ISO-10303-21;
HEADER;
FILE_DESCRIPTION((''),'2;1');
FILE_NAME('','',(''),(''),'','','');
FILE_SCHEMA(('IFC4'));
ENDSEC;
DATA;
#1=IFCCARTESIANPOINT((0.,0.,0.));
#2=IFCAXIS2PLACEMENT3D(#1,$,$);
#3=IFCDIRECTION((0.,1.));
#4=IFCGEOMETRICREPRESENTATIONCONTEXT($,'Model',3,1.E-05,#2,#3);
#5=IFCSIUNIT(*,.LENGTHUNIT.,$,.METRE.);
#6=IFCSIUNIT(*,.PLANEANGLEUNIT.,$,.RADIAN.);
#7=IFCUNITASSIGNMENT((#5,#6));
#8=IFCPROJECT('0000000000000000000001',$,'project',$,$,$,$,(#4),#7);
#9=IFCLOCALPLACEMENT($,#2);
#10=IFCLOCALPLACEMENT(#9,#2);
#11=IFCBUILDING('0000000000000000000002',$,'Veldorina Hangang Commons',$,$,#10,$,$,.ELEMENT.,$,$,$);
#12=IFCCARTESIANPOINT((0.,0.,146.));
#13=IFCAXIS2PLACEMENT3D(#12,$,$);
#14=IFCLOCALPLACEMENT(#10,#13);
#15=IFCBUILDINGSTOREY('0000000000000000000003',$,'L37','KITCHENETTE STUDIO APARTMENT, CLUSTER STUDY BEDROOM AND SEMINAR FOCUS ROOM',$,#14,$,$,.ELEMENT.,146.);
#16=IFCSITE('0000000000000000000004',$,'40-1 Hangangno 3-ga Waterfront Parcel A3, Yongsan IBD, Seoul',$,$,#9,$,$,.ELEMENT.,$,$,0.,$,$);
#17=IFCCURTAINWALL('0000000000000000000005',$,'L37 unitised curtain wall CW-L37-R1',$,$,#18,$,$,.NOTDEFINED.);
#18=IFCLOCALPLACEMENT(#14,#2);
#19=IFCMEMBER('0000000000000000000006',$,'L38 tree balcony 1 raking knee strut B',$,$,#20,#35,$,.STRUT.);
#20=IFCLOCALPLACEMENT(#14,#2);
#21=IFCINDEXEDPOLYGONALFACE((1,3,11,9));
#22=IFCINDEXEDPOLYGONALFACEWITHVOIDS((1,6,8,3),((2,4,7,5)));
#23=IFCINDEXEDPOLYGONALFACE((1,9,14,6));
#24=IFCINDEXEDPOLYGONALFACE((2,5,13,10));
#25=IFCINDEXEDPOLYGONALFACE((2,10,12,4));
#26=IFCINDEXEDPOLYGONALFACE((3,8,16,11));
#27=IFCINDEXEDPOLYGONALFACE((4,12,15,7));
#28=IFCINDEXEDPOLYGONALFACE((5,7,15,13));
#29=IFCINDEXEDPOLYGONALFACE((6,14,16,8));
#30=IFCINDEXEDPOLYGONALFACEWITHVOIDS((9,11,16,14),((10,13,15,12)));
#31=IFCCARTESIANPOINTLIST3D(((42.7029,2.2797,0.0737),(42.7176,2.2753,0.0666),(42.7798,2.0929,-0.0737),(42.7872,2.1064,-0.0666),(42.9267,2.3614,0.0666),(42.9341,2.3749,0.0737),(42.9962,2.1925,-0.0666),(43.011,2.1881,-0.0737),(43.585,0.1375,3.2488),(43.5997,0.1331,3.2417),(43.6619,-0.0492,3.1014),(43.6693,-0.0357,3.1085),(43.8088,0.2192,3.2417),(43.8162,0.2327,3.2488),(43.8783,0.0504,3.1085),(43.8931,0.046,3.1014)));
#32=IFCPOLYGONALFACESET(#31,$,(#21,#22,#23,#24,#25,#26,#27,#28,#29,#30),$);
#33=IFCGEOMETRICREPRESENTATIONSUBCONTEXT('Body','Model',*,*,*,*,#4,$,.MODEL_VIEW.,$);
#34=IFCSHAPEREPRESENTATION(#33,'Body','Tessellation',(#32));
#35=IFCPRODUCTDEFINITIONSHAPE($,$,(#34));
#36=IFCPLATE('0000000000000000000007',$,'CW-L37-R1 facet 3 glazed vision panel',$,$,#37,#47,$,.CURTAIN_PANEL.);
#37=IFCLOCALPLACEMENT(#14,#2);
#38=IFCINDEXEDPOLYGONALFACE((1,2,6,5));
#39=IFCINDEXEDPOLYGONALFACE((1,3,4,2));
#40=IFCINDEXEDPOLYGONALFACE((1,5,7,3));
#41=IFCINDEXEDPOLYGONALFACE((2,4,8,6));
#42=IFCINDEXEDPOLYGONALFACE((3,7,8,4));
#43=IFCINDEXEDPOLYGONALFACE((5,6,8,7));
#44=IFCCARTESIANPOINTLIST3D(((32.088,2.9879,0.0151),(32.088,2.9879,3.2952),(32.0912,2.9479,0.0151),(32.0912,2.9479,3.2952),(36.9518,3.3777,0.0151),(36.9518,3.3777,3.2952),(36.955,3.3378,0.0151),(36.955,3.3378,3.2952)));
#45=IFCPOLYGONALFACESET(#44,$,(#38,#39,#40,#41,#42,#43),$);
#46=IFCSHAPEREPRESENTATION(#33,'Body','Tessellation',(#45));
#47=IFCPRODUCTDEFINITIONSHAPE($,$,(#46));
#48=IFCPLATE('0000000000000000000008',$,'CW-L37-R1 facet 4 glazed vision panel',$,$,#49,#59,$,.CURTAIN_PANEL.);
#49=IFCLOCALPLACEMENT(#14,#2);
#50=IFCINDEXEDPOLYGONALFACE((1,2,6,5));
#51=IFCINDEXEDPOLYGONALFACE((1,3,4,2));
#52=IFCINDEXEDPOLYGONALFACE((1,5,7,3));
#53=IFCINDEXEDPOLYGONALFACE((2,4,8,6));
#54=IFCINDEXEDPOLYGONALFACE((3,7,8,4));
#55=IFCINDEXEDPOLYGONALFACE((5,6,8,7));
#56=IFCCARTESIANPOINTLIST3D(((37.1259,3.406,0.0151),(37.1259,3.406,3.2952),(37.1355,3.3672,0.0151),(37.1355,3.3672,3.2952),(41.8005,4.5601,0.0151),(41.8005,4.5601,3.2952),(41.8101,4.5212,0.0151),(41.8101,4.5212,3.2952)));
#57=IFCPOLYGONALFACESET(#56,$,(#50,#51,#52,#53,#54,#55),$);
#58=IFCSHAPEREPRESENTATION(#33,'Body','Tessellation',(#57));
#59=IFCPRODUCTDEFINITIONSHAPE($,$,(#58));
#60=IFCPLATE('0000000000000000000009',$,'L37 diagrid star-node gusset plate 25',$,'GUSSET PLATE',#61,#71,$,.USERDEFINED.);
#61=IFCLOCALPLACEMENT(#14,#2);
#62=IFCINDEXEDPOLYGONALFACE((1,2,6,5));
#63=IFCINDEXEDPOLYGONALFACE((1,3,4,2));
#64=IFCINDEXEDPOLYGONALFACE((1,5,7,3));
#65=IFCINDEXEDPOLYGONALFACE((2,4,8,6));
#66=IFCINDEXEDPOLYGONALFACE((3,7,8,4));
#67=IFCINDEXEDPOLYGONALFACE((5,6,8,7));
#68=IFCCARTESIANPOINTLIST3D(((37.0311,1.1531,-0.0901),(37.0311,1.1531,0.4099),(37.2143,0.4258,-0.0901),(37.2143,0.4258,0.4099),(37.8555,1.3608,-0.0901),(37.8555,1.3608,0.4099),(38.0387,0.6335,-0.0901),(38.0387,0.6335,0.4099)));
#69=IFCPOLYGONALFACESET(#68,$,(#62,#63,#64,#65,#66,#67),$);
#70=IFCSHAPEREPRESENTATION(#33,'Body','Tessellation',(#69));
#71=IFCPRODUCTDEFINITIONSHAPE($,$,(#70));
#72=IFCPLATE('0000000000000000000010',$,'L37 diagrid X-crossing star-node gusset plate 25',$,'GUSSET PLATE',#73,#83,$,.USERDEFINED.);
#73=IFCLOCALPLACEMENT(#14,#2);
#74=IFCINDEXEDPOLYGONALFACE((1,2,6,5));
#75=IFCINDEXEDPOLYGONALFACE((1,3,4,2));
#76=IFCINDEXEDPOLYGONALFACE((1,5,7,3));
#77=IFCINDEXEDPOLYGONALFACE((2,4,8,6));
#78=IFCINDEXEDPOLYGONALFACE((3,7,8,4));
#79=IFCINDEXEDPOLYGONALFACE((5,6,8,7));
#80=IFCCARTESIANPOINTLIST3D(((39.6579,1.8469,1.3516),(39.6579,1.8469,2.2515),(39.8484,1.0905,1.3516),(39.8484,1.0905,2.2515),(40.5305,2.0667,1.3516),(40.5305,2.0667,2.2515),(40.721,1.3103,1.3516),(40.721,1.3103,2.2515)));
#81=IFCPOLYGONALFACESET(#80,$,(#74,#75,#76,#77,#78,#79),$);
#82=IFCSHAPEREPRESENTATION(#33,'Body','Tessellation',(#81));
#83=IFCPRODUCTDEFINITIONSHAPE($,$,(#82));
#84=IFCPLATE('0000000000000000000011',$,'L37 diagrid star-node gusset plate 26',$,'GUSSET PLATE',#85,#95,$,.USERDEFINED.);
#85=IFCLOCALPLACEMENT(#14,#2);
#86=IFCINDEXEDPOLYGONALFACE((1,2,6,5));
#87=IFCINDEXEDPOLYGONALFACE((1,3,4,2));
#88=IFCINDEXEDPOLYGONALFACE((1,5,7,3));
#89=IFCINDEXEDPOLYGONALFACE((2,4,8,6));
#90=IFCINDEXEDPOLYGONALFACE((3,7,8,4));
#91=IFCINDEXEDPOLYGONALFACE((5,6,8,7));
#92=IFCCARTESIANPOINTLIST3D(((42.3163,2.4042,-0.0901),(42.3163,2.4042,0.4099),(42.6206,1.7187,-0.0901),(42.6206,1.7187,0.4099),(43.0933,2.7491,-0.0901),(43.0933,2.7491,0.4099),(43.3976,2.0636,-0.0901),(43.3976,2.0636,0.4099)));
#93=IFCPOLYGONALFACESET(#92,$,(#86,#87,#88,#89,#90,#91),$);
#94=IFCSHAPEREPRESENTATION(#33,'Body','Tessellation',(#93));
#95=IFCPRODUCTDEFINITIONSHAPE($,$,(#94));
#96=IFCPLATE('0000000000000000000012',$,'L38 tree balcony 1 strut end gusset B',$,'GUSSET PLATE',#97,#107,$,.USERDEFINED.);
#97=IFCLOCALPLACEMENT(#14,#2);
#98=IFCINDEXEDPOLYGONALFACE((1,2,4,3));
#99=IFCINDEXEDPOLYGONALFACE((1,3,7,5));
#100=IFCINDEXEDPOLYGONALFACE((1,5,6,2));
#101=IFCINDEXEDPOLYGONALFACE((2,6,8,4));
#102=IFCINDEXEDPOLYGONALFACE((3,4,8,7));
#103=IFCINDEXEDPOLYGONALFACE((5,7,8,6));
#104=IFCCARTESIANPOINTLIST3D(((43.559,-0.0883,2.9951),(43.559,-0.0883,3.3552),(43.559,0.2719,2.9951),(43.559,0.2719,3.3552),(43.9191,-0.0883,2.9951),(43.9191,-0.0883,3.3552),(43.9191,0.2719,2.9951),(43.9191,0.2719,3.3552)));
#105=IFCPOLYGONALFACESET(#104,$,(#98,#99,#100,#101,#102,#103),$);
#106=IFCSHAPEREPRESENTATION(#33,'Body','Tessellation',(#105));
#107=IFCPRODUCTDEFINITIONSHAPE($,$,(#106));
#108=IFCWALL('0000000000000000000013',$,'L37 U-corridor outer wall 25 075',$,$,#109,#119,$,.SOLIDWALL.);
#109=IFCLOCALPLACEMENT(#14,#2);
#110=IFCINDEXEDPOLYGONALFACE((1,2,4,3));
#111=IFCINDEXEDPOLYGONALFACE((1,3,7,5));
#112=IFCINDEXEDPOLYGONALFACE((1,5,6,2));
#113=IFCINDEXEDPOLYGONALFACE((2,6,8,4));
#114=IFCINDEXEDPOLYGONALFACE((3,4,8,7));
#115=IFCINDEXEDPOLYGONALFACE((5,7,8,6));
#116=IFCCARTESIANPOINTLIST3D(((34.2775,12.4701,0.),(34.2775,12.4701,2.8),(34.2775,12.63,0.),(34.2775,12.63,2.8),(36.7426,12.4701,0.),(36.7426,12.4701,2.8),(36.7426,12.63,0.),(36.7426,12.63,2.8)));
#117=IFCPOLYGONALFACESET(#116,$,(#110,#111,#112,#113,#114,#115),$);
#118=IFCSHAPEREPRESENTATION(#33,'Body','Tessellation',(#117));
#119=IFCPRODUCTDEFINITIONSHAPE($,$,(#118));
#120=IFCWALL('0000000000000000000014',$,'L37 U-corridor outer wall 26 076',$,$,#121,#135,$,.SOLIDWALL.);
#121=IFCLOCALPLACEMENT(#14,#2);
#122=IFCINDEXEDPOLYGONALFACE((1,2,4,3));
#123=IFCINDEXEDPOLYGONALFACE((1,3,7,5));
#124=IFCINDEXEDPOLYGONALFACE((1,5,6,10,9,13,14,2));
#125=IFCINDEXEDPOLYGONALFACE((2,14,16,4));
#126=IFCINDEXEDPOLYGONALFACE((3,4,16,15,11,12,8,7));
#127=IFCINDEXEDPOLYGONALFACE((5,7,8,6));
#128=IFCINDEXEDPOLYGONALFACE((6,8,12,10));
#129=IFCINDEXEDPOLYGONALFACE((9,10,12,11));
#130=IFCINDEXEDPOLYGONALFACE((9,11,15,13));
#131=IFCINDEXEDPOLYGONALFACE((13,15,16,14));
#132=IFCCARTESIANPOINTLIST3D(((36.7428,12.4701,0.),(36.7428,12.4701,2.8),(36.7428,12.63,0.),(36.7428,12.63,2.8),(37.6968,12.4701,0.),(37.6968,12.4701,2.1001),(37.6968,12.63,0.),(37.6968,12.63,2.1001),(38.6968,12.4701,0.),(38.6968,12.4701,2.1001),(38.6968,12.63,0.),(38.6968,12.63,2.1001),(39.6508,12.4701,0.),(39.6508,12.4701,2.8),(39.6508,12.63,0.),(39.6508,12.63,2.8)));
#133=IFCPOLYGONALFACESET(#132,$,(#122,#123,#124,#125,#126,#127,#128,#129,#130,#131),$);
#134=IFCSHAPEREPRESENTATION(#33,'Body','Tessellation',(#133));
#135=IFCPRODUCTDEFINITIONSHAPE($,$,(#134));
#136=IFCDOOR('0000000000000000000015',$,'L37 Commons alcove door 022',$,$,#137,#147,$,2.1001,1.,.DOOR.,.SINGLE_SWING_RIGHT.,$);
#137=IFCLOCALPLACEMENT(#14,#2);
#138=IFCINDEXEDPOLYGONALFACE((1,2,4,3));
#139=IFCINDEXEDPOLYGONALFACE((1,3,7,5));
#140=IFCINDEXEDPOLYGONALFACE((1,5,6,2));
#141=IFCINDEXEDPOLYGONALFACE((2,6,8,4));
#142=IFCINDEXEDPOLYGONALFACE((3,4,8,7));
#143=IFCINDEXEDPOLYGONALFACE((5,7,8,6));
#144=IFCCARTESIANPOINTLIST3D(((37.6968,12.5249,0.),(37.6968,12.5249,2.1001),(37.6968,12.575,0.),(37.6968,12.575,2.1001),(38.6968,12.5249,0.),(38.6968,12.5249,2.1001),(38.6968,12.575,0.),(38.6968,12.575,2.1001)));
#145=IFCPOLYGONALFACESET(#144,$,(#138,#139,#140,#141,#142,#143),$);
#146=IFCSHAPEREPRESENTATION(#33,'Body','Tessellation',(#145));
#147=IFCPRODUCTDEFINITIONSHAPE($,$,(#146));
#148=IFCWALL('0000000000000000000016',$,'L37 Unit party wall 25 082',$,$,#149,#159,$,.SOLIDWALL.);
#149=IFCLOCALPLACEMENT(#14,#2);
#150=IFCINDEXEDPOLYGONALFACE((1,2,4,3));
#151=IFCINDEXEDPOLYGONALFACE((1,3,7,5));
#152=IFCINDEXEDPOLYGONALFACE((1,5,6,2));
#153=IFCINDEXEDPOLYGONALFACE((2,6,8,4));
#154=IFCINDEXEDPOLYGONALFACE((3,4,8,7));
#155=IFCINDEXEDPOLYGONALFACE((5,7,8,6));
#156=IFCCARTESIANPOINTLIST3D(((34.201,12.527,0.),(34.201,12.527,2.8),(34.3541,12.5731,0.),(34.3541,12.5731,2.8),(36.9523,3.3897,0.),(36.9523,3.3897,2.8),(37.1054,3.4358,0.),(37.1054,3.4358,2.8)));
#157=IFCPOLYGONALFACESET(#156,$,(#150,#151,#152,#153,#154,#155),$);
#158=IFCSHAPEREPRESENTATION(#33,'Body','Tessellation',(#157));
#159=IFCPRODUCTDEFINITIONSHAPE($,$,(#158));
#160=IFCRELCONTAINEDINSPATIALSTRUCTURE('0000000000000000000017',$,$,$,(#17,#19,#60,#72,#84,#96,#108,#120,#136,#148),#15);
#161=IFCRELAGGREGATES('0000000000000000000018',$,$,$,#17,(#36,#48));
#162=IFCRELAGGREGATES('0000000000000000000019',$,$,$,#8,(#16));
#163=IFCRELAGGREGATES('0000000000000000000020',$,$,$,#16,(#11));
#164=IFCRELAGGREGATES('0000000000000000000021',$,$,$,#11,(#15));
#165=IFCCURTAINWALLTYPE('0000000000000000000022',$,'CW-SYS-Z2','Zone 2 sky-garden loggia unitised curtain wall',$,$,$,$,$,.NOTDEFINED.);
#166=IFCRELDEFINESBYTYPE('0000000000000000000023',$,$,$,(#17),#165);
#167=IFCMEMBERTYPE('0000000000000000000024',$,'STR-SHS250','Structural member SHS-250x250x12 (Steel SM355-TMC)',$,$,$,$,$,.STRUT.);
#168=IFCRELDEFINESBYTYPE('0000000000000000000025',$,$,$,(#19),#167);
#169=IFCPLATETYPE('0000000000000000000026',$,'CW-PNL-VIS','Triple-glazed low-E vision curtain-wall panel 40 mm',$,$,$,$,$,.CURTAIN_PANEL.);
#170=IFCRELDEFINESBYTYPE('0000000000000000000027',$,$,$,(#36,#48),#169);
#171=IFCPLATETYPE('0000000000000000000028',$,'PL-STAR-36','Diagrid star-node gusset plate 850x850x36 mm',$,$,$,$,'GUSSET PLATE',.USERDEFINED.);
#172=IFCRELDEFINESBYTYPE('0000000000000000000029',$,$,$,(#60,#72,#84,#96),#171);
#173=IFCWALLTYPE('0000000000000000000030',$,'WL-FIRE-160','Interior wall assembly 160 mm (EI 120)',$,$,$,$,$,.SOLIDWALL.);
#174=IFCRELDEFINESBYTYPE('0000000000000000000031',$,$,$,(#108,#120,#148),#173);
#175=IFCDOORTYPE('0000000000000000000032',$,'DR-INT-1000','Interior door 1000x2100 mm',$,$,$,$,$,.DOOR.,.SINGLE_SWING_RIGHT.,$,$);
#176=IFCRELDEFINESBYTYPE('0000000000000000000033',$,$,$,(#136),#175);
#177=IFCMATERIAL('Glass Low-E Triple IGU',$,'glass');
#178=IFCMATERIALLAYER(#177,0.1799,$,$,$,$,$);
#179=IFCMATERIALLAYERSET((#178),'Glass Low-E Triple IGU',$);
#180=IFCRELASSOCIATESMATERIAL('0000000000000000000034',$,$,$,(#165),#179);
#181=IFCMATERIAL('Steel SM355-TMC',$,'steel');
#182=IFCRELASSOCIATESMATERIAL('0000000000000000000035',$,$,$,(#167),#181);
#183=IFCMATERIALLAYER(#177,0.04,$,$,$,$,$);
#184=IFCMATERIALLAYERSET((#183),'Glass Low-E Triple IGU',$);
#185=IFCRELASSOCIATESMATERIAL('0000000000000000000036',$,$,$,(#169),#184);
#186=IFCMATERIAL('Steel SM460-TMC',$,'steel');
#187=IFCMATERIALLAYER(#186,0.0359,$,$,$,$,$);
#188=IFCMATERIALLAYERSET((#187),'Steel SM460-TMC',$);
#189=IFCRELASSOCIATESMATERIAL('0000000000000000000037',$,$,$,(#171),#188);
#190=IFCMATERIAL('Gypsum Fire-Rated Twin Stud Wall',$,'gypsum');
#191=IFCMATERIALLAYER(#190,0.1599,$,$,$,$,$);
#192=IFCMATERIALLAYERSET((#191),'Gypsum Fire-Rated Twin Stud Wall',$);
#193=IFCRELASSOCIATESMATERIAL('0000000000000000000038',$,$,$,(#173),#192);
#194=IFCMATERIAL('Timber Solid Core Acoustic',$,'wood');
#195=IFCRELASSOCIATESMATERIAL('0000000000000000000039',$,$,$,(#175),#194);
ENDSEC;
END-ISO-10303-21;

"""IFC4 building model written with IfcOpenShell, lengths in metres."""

from ifc_helpers import new_model, si_unit, direction, frame, frame_2d, origin, origin_2d, place, context, subcontext, project, spatial, rectangle, hollow_rectangle, extrude, material, layer, layer_set, material_profile, profile_set, type_object, element, fill, aggregate, save


model = new_model("IFC4")

# Units and contexts
model_context = context("Model", 3, precision=1e-05, world=origin(), true_north=direction((0.0, 1.0)))
body_context = subcontext(model_context, "Body", "Model", "MODEL_VIEW")
ifc_project = project(units=[si_unit("LENGTHUNIT", "METRE"), si_unit("PLANEANGLEUNIT", "RADIAN")], contexts=[model_context])

# Site, building, storey
site_placement = place(None, origin())
site = spatial("IfcSite", under=ifc_project, at=site_placement, Name="40-1 Hangangno 3-ga Waterfront Parcel A3, Yongsan IBD, Seoul", CompositionType="ELEMENT", RefElevation=0.0)
building_placement = place(site_placement, origin())
building = spatial("IfcBuilding", under=site, at=building_placement, Name="Veldorina Hangang Commons", CompositionType="ELEMENT")
storey_placement = place(building_placement, frame((0.0, 0.0, 146.0)))
storey = spatial("IfcBuildingStorey", under=building, at=storey_placement, Name="L37", Description="KITCHENETTE STUDIO APARTMENT, CLUSTER STUDY BEDROOM AND SEMINAR FOCUS ROOM", CompositionType="ELEMENT", Elevation=146.0)

# Shared definitions
ifc_material_1 = material(Name="Steel SM355-TMC", Category="steel")

# Curtain wall
ifc_material_2 = material(Name="Glass Low-E Triple IGU", Category="glass")
ifc_layer_1 = layer(ifc_material_2, 0.1799)
ifc_layer_set_1 = layer_set([ifc_layer_1], Name="Glass Low-E Triple IGU")
curtain_wall_type = type_object("IfcCurtainWallType", Name="CW-SYS-Z2", Description="Zone 2 sky-garden loggia unitised curtain wall", PredefinedType="NOTDEFINED", material=ifc_layer_set_1)
curtain_wall_placement = place(storey_placement, origin())
curtain_wall = element("IfcCurtainWall", 1, at=curtain_wall_placement, inside=storey, type_object=curtain_wall_type, Name="L37 unitised curtain wall CW-L37-R1", PredefinedType="NOTDEFINED")

# Member
ifc_material_profile_1 = material_profile(ifc_material_1, hollow_rectangle(XDim=0.25, YDim=0.25, WallThickness=0.012, at=origin_2d()), Name="SHS-250x250x12")
ifc_profile_set_1 = profile_set([ifc_material_profile_1], Name="Steel SM355-TMC")
member_type_1 = type_object("IfcMemberType", Name="STR-SHS250", Description="Structural member SHS-250x250x12 (Steel SM355-TMC)", PredefinedType="STRUT", material=ifc_profile_set_1)
member_1_placement = place(storey_placement, frame((42.8569, 2.2339, 0.0), z_axis=(0.224429, -0.545014, 0.807831), x_axis=(0.924672, 0.380766, 0.0)))
element("IfcMember", 2, at=member_1_placement, inside=storey, type_object=member_type_1, Name="L38 tree balcony 1 raking knee strut B", PredefinedType="STRUT", context=body_context, shape_type="SweptSolid", body=[
    extrude(hollow_rectangle(XDim=0.25, YDim=0.25, WallThickness=0.012, at=origin_2d()), origin(), (0.0, 0.0, 1.0), 3.9304),
])

# Plates
ifc_layer_2 = layer(ifc_material_2, 0.04)
ifc_layer_set_2 = layer_set([ifc_layer_2], Name="Glass Low-E Triple IGU")
plate_type_1 = type_object("IfcPlateType", Name="CW-PNL-VIS", Description="Triple-glazed low-E vision curtain-wall panel 40 mm", PredefinedType="CURTAIN_PANEL", material=ifc_layer_set_2)
plate_1_placement = place(storey_placement, frame((34.5215, 3.1628, 0.0151), z_axis=(0.0, 0.0, 1.0), x_axis=(0.996803, 0.079903, 0.0)))
plate_1 = element("IfcPlate", 3, at=plate_1_placement, type_object=plate_type_1, Name="CW-L37-R1 facet 3 glazed vision panel", PredefinedType="CURTAIN_PANEL", context=body_context, shape_type="SweptSolid", body=[
    extrude(rectangle(XDim=4.8794, YDim=0.04, at=origin_2d()), origin(), (0.0, 0.0, 1.0), 3.28),
])
plate_2_placement = place(storey_placement, frame((39.468, 3.9636, 0.0151), z_axis=(0.0, 0.0, 1.0), x_axis=(0.97085, 0.239686, 0.0)))
plate_2 = element("IfcPlate", 4, at=plate_2_placement, type_object=plate_type_1, Name="CW-L37-R1 facet 4 glazed vision panel", PredefinedType="CURTAIN_PANEL", context=body_context, shape_type="SweptSolid", body=[
    extrude(rectangle(XDim=4.8149, YDim=0.04, at=origin_2d()), origin(), (0.0, 0.0, 1.0), 3.28),
])
aggregate(curtain_wall, [plate_1, plate_2])

# Plates
ifc_material_3 = material(Name="Steel SM460-TMC", Category="steel")
ifc_layer_3 = layer(ifc_material_3, 0.0359)
ifc_layer_set_3 = layer_set([ifc_layer_3], Name="Steel SM460-TMC")
plate_type_2 = type_object("IfcPlateType", Name="PL-STAR-36", Description="Diagrid star-node gusset plate 850x850x36 mm", ElementType="GUSSET PLATE", PredefinedType="USERDEFINED", material=ifc_layer_set_3)
plate_3_placement = place(storey_placement, frame((37.5349, 0.8933, -0.0901), z_axis=(0.0, 0.0, 1.0), x_axis=(0.96971, 0.244258, 0.0)))
element("IfcPlate", 5, at=plate_3_placement, inside=storey, type_object=plate_type_2, Name="L37 diagrid star-node gusset plate 25", ObjectType="GUSSET PLATE", PredefinedType="USERDEFINED", context=body_context, shape_type="SweptSolid", body=[
    extrude(rectangle(XDim=0.8501, YDim=0.75, at=origin_2d()), origin(), (0.0, 0.0, 1.0), 0.5),
])
plate_4_placement = place(storey_placement, frame((40.1895, 1.5786, 1.3516), z_axis=(0.0, 0.0, 1.0), x_axis=(0.96971, 0.244258, 0.0)))
element("IfcPlate", 6, at=plate_4_placement, inside=storey, type_object=plate_type_2, Name="L37 diagrid X-crossing star-node gusset plate 25", ObjectType="GUSSET PLATE", PredefinedType="USERDEFINED", context=body_context, shape_type="SweptSolid", body=[
    extrude(rectangle(XDim=0.8999, YDim=0.78, at=origin_2d()), origin(), (0.0, 0.0, 1.0), 0.8999),
])
plate_5_placement = place(storey_placement, frame((42.8569, 2.2339, -0.0901), z_axis=(0.0, 0.0, 1.0), x_axis=(0.913999, 0.405716, 0.0)))
element("IfcPlate", 7, at=plate_5_placement, inside=storey, type_object=plate_type_2, Name="L37 diagrid star-node gusset plate 26", ObjectType="GUSSET PLATE", PredefinedType="USERDEFINED", context=body_context, shape_type="SweptSolid", body=[
    extrude(rectangle(XDim=0.8501, YDim=0.75, at=origin_2d()), origin(), (0.0, 0.0, 1.0), 0.5),
])
plate_6_placement = place(storey_placement, frame((43.739, 0.0918, 2.9951), z_axis=(0.0, 0.0, 1.0), x_axis=(1.0, 0.0, 0.0)))
element("IfcPlate", 8, at=plate_6_placement, inside=storey, type_object=plate_type_2, Name="L38 tree balcony 1 strut end gusset B", ObjectType="GUSSET PLATE", PredefinedType="USERDEFINED", context=body_context, shape_type="SweptSolid", body=[
    extrude(rectangle(XDim=0.3601, YDim=0.3601, at=origin_2d()), origin(), (0.0, 0.0, 1.0), 0.3601),
])

# Wall
ifc_material_4 = material(Name="Gypsum Fire-Rated Twin Stud Wall", Category="gypsum")
ifc_layer_4 = layer(ifc_material_4, 0.1599)
ifc_layer_set_4 = layer_set([ifc_layer_4], Name="Gypsum Fire-Rated Twin Stud Wall")
wall_type_1 = type_object("IfcWallType", Name="WL-FIRE-160", Description="Interior wall assembly 160 mm (EI 120)", PredefinedType="SOLIDWALL", material=ifc_layer_set_4)
wall_1_placement = place(storey_placement, frame((34.2776, 12.55, 0.0), z_axis=(0.0, 0.0, 1.0), x_axis=(1.0, 0.0, 0.0)))
element("IfcWall", 9, at=wall_1_placement, inside=storey, type_object=wall_type_1, Name="L37 U-corridor outer wall 25 075", PredefinedType="SOLIDWALL", context=body_context, shape_type="SweptSolid", body=[
    extrude(rectangle(XDim=2.4651, YDim=0.1599, at=frame_2d((1.2324, 0.0))), origin(), (0.0, 0.0, 1.0), 2.8),
])

# Wall, opening, door
wall_2_placement = place(storey_placement, frame((36.7427, 12.55, 0.0), z_axis=(0.0, 0.0, 1.0), x_axis=(1.0, 0.0, 0.0)))
wall_2 = element("IfcWall", 10, at=wall_2_placement, inside=storey, type_object=wall_type_1, Name="L37 U-corridor outer wall 26 076", PredefinedType="SOLIDWALL", context=body_context, shape_type="SweptSolid", body=[
    extrude(rectangle(XDim=2.908, YDim=0.1599, at=frame_2d((1.4541, 0.0))), origin(), (0.0, 0.0, 1.0), 2.8),
])
opening_1_placement = place(wall_2_placement, frame((0.9541, 0.0, 0.0)))
opening_1 = element("IfcOpeningElement", 11, at=opening_1_placement, cuts=wall_2, PredefinedType="OPENING", context=body_context, shape_type="SweptSolid", body=[
    extrude(rectangle(XDim=1.0, YDim=2.1001, at=frame_2d((0.5, 1.05))), frame((0.0, 0.0898, 0.0), z_axis=(0.0, -1.0, 0.0), x_axis=(1.0, 0.0, 0.0)), (0.0, 0.0, 1.0), 0.1799),
])
ifc_material_5 = material(Name="Timber Solid Core Acoustic", Category="wood")
door_type_1 = type_object("IfcDoorType", Name="DR-INT-1000", Description="Interior door 1000x2100 mm", OperationType="SINGLE_SWING_RIGHT", PredefinedType="DOOR", material=ifc_material_5)
door_1_placement = place(opening_1_placement, origin())
door_1 = element("IfcDoor", 12, at=door_1_placement, inside=storey, type_object=door_type_1, Name="L37 Commons alcove door 022", OperationType="SINGLE_SWING_RIGHT", OverallHeight=2.1001, OverallWidth=1.0, PredefinedType="DOOR", context=body_context, shape_type="SweptSolid", body=[
    extrude(rectangle(XDim=1.0, YDim=2.1001, at=frame_2d((0.5, 1.05))), frame((0.0, 0.0249, 0.0), z_axis=(0.0, -1.0, 0.0), x_axis=(1.0, 0.0, 0.0)), (0.0, 0.0, 1.0), 0.05),
])
fill(opening_1, door_1)

# Wall
wall_3_placement = place(storey_placement, frame((34.2776, 12.55, 0.0), z_axis=(0.0, 0.0, 1.0), x_axis=(0.288315, -0.957536, 0.0)))
element("IfcWall", 13, at=wall_3_placement, inside=storey, type_object=wall_type_1, Name="L37 Unit party wall 25 082", PredefinedType="SOLIDWALL", context=body_context, shape_type="SweptSolid", body=[
    extrude(rectangle(XDim=9.5425, YDim=0.1599, at=frame_2d((4.7712, 0.0))), origin(), (0.0, 0.0, 1.0), 2.8),
])

save(model, "model.ifc")
